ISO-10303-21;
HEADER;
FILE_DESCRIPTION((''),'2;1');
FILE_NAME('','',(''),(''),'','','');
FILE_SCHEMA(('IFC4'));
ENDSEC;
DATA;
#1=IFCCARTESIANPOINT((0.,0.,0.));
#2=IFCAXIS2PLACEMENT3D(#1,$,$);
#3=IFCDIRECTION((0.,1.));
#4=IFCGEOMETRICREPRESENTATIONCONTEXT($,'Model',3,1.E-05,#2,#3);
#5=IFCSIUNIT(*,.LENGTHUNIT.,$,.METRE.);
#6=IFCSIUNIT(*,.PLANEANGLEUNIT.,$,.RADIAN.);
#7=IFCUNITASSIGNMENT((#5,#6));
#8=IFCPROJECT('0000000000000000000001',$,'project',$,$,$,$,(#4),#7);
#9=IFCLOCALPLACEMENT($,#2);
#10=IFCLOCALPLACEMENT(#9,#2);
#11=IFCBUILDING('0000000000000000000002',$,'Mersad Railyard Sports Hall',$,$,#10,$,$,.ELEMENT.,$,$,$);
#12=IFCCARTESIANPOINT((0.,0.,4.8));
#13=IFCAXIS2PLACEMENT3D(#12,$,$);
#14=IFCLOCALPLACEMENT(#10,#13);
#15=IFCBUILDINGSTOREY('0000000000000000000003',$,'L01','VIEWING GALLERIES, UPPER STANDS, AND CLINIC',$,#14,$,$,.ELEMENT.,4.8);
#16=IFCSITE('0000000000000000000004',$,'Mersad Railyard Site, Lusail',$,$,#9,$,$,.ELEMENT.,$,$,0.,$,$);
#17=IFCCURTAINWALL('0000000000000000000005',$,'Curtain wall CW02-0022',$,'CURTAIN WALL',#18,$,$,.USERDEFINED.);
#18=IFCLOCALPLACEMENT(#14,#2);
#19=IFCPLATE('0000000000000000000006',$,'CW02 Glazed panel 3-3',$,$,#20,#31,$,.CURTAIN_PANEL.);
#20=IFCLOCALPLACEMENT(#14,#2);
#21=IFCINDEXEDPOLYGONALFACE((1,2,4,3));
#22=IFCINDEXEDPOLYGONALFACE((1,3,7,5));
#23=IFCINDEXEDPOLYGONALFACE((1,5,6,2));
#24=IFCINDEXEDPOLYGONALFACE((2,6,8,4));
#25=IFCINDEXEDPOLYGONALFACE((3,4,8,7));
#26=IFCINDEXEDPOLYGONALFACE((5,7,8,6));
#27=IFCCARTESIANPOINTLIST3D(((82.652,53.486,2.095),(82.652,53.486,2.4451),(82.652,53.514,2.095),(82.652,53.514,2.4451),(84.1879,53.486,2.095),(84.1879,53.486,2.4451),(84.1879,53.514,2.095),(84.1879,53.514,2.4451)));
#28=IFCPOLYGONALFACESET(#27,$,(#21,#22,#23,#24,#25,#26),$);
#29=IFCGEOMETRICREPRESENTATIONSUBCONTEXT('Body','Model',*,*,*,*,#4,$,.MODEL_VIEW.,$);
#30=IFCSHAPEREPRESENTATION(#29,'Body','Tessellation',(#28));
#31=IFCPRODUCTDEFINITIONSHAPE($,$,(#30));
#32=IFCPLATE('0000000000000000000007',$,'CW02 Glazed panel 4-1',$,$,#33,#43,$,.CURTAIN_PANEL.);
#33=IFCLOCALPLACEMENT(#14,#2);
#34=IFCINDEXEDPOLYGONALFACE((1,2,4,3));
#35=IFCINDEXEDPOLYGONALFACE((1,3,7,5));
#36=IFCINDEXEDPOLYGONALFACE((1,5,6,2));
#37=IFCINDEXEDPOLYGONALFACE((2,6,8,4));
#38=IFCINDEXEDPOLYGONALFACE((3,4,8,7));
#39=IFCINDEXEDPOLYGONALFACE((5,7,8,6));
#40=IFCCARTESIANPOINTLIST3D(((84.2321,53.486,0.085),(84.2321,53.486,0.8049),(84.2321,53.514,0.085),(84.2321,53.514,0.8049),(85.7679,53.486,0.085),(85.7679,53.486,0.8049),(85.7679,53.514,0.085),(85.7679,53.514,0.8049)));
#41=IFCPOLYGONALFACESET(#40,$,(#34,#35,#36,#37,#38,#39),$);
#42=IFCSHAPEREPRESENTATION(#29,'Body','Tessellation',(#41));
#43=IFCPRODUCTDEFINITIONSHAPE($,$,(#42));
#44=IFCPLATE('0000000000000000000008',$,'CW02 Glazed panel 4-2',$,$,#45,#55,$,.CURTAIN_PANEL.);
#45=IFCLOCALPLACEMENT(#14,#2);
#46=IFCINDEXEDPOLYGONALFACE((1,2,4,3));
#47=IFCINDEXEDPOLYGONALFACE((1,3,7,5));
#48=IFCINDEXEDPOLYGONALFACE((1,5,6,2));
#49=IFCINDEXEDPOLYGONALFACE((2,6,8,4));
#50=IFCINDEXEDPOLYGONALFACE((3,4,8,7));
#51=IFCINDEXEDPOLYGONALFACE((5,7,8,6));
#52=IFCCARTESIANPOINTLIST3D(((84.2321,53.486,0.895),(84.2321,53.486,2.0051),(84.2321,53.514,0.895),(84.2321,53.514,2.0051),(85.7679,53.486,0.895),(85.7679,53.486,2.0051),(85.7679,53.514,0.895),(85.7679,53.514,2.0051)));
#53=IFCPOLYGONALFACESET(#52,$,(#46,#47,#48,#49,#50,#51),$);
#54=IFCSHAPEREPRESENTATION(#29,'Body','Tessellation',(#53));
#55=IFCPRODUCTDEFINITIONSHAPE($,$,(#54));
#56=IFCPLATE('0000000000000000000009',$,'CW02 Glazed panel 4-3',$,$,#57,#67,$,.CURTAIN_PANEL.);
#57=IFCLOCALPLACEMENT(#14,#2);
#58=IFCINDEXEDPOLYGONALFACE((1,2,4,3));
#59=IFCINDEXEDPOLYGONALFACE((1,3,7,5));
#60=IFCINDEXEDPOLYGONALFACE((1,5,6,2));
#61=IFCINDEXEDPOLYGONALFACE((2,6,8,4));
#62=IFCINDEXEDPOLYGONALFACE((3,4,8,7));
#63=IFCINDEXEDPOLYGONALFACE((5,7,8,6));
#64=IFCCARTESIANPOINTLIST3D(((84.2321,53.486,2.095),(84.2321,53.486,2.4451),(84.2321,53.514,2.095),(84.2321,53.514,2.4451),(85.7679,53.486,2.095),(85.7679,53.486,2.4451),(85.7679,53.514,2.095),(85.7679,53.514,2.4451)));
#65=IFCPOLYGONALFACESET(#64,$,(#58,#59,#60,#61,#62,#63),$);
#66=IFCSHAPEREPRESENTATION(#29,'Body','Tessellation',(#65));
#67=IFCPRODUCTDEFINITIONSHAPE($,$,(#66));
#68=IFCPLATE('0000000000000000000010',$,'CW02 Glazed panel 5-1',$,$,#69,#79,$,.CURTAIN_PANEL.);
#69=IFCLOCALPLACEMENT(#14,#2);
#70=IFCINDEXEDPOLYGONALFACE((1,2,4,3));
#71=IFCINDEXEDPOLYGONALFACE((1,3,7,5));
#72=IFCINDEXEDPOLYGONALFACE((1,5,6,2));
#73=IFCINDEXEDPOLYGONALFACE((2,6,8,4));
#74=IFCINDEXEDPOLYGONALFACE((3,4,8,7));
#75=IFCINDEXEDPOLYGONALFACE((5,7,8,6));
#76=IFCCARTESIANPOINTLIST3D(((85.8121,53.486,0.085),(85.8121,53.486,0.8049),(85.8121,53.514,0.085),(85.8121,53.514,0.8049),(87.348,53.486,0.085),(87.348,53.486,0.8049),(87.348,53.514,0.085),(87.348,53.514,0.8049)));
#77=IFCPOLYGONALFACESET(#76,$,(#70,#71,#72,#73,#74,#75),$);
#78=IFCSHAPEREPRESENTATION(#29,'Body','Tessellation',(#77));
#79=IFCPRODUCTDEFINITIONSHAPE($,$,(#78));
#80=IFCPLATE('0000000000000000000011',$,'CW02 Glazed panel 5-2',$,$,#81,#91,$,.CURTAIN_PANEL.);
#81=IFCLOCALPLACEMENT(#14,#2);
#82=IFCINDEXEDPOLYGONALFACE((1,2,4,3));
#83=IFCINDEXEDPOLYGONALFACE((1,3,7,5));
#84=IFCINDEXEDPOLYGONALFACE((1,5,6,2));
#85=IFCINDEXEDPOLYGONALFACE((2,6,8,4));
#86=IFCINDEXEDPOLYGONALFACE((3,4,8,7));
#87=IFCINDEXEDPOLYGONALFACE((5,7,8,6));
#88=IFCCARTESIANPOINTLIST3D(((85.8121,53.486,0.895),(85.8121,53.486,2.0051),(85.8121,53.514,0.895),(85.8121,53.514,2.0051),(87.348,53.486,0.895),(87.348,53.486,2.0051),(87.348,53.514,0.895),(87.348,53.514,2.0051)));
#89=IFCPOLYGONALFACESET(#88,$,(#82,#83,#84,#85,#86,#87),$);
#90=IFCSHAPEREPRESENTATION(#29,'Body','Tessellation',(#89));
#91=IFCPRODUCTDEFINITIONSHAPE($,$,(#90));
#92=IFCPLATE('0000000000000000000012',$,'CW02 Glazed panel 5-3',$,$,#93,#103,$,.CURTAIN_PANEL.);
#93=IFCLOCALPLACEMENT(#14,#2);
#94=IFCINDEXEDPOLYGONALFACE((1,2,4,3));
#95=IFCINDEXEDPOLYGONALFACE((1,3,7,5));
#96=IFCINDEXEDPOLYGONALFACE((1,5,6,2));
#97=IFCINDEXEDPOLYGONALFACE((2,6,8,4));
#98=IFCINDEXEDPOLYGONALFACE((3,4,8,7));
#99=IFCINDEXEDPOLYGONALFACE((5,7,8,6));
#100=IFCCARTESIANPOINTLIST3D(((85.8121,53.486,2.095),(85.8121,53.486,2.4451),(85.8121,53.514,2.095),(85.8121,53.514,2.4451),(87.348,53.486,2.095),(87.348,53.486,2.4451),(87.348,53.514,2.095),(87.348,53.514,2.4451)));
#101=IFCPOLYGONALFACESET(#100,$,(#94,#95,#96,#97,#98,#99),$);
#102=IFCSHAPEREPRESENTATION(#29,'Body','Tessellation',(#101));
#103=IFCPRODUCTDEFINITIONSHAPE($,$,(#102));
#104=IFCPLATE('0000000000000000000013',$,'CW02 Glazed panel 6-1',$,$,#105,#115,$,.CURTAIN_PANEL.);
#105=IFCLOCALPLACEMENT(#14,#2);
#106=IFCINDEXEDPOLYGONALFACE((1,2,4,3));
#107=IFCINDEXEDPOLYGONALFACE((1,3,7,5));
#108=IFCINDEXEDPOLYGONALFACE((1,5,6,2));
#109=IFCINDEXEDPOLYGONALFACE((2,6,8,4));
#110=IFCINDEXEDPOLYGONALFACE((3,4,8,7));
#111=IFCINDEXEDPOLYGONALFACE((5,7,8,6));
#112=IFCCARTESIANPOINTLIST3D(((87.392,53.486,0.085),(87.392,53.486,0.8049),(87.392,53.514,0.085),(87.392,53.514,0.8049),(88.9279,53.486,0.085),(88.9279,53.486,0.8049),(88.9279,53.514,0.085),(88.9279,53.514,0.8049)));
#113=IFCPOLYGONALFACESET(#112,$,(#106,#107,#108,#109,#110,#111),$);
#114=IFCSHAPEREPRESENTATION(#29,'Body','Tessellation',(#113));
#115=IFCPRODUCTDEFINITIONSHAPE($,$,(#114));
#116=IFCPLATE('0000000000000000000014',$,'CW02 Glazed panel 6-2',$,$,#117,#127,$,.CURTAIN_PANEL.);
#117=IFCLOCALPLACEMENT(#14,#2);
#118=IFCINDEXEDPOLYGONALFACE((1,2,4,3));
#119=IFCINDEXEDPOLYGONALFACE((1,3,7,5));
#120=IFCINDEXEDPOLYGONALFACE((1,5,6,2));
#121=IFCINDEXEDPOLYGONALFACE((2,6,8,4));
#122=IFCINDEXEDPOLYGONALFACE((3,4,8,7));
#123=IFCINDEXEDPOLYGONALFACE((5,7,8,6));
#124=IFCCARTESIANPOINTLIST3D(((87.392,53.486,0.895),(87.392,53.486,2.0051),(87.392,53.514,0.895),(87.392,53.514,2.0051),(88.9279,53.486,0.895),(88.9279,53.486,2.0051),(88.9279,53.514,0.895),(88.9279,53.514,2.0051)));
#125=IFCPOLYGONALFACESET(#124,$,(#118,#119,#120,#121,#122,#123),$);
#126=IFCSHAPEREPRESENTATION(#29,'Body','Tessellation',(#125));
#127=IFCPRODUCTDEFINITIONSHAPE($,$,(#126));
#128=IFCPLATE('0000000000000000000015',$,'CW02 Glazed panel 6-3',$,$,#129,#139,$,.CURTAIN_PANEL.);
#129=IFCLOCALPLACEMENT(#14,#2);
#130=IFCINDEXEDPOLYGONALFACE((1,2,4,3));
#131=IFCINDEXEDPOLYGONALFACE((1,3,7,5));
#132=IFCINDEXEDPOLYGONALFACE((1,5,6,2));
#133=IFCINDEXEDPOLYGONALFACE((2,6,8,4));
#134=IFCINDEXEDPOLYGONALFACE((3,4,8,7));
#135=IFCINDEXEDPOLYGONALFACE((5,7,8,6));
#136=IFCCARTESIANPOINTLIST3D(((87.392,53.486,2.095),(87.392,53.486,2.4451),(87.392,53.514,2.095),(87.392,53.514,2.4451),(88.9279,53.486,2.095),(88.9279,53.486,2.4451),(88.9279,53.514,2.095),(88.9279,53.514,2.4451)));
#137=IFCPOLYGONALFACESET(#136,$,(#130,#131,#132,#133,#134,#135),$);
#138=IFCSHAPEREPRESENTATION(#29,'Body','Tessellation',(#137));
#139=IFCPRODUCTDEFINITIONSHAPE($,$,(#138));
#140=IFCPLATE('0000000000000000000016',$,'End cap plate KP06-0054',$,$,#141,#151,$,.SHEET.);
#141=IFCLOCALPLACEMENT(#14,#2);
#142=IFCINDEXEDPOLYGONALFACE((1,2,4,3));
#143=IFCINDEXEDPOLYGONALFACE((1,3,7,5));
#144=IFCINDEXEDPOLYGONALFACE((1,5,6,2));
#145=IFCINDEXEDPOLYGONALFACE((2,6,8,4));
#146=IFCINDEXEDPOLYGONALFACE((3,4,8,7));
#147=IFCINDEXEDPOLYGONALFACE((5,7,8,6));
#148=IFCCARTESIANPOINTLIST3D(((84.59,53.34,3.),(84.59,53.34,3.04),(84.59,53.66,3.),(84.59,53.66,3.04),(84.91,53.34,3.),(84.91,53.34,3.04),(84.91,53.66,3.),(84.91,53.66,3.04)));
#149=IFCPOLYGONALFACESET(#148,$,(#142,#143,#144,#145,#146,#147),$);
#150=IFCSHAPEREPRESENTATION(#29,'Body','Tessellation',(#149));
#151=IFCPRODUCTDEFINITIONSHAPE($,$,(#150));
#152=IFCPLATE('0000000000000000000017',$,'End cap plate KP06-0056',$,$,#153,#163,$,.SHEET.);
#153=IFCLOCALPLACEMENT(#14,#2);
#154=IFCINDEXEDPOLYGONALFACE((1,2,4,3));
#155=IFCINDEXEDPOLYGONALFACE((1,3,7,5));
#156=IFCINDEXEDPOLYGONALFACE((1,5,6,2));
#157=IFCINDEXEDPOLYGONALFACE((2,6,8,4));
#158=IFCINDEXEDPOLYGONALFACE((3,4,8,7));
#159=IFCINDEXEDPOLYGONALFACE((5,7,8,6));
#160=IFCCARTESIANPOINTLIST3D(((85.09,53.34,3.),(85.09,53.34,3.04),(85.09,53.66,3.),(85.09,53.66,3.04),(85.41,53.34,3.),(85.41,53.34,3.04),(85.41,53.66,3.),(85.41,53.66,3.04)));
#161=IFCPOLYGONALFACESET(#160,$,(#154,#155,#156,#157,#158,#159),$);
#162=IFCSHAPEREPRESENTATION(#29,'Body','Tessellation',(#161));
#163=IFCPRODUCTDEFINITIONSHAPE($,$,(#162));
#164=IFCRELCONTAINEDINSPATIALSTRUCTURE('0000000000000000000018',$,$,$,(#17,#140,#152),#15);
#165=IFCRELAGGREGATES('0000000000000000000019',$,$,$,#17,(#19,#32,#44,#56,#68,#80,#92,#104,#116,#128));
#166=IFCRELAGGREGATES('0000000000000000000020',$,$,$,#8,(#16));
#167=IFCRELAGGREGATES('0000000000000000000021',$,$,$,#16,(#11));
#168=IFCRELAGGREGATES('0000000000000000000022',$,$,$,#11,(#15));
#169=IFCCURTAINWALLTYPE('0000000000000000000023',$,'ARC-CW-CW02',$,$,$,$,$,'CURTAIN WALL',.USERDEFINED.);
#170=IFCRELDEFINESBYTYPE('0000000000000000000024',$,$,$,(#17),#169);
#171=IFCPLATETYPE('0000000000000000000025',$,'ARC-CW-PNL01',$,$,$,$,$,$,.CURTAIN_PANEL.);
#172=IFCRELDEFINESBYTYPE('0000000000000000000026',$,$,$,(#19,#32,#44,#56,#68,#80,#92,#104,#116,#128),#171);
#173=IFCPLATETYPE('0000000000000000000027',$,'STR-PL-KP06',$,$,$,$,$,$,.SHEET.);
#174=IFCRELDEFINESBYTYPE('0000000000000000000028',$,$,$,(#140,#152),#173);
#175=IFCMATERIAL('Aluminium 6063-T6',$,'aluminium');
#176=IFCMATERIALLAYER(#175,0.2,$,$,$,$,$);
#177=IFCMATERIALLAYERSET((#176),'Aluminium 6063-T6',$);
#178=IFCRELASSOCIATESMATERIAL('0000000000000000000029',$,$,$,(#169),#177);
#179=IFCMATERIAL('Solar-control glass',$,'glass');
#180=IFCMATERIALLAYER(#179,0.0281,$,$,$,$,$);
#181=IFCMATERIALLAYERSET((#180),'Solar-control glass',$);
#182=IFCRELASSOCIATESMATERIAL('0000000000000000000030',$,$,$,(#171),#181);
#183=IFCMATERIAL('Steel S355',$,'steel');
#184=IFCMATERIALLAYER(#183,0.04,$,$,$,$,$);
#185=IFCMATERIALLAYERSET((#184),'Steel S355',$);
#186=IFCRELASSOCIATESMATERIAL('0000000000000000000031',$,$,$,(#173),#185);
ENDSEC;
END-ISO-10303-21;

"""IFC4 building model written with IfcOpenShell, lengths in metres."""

from ifc_helpers import new_model, si_unit, direction, frame, origin, origin_2d, place, context, subcontext, project, spatial, rectangle, extrude, material, layer, layer_set, type_object, element, aggregate, save


model = new_model("IFC4")

# Units and contexts
model_context = context("Model", 3, precision=1e-05, world=origin(), true_north=direction((0.0, 1.0)))
body_context = subcontext(model_context, "Body", "Model", "MODEL_VIEW")
ifc_project = project(units=[si_unit("LENGTHUNIT", "METRE"), si_unit("PLANEANGLEUNIT", "RADIAN")], contexts=[model_context])

# Site, building, storey
site_placement = place(None, origin())
site = spatial("IfcSite", under=ifc_project, at=site_placement, Name="Mersad Railyard Site, Lusail", CompositionType="ELEMENT", RefElevation=0.0)
building_placement = place(site_placement, origin())
building = spatial("IfcBuilding", under=site, at=building_placement, Name="Mersad Railyard Sports Hall", CompositionType="ELEMENT")
storey_placement = place(building_placement, frame((0.0, 0.0, 4.8)))
storey = spatial("IfcBuildingStorey", under=building, at=storey_placement, Name="L01", Description="VIEWING GALLERIES, UPPER STANDS, AND CLINIC", CompositionType="ELEMENT", Elevation=4.8)

# Curtain wall
ifc_material_1 = material(Name="Aluminium 6063-T6", Category="aluminium")
ifc_layer_1 = layer(ifc_material_1, 0.2)
ifc_layer_set_1 = layer_set([ifc_layer_1], Name="Aluminium 6063-T6")
curtain_wall_type = type_object("IfcCurtainWallType", Name="ARC-CW-CW02", ElementType="CURTAIN WALL", PredefinedType="USERDEFINED", material=ifc_layer_set_1)
curtain_wall_placement = place(storey_placement, origin())
curtain_wall = element("IfcCurtainWall", 1, at=curtain_wall_placement, inside=storey, type_object=curtain_wall_type, Name="Curtain wall CW02-0022", ObjectType="CURTAIN WALL", PredefinedType="USERDEFINED")

# Plates
ifc_material_2 = material(Name="Solar-control glass", Category="glass")
ifc_layer_2 = layer(ifc_material_2, 0.0281)
ifc_layer_set_2 = layer_set([ifc_layer_2], Name="Solar-control glass")
plate_type_1 = type_object("IfcPlateType", Name="ARC-CW-PNL01", PredefinedType="CURTAIN_PANEL", material=ifc_layer_set_2)
plate_1_placement = place(storey_placement, frame((83.4199, 53.5, 2.095), z_axis=(0.0, 0.0, 1.0), x_axis=(1.0, 0.0, 0.0)))
plate_1 = element("IfcPlate", 2, at=plate_1_placement, type_object=plate_type_1, Name="CW02 Glazed panel 3-3", PredefinedType="CURTAIN_PANEL", context=body_context, shape_type="SweptSolid", body=[
    extrude(rectangle(XDim=1.5359, YDim=0.0281, at=origin_2d()), origin(), (0.0, 0.0, 1.0), 0.3501),
])
plate_2_placement = place(storey_placement, frame((85.0, 53.5, 0.085), z_axis=(0.0, 0.0, 1.0), x_axis=(1.0, 0.0, 0.0)))
plate_2 = element("IfcPlate", 3, at=plate_2_placement, type_object=plate_type_1, Name="CW02 Glazed panel 4-1", PredefinedType="CURTAIN_PANEL", context=body_context, shape_type="SweptSolid", body=[
    extrude(rectangle(XDim=1.5359, YDim=0.0281, at=origin_2d()), origin(), (0.0, 0.0, 1.0), 0.72),
])
plate_3_placement = place(storey_placement, frame((85.0, 53.5, 0.895), z_axis=(0.0, 0.0, 1.0), x_axis=(1.0, 0.0, 0.0)))
plate_3 = element("IfcPlate", 4, at=plate_3_placement, type_object=plate_type_1, Name="CW02 Glazed panel 4-2", PredefinedType="CURTAIN_PANEL", context=body_context, shape_type="SweptSolid", body=[
    extrude(rectangle(XDim=1.5359, YDim=0.0281, at=origin_2d()), origin(), (0.0, 0.0, 1.0), 1.1101),
])
plate_4_placement = place(storey_placement, frame((85.0, 53.5, 2.095), z_axis=(0.0, 0.0, 1.0), x_axis=(1.0, 0.0, 0.0)))
plate_4 = element("IfcPlate", 5, at=plate_4_placement, type_object=plate_type_1, Name="CW02 Glazed panel 4-3", PredefinedType="CURTAIN_PANEL", context=body_context, shape_type="SweptSolid", body=[
    extrude(rectangle(XDim=1.5359, YDim=0.0281, at=origin_2d()), origin(), (0.0, 0.0, 1.0), 0.3501),
])
plate_5_placement = place(storey_placement, frame((86.5801, 53.5, 0.085), z_axis=(0.0, 0.0, 1.0), x_axis=(1.0, 0.0, 0.0)))
plate_5 = element("IfcPlate", 6, at=plate_5_placement, type_object=plate_type_1, Name="CW02 Glazed panel 5-1", PredefinedType="CURTAIN_PANEL", context=body_context, shape_type="SweptSolid", body=[
    extrude(rectangle(XDim=1.5359, YDim=0.0281, at=origin_2d()), origin(), (0.0, 0.0, 1.0), 0.72),
])
plate_6_placement = place(storey_placement, frame((86.5801, 53.5, 0.895), z_axis=(0.0, 0.0, 1.0), x_axis=(1.0, 0.0, 0.0)))
plate_6 = element("IfcPlate", 7, at=plate_6_placement, type_object=plate_type_1, Name="CW02 Glazed panel 5-2", PredefinedType="CURTAIN_PANEL", context=body_context, shape_type="SweptSolid", body=[
    extrude(rectangle(XDim=1.5359, YDim=0.0281, at=origin_2d()), origin(), (0.0, 0.0, 1.0), 1.1101),
])
plate_7_placement = place(storey_placement, frame((86.5801, 53.5, 2.095), z_axis=(0.0, 0.0, 1.0), x_axis=(1.0, 0.0, 0.0)))
plate_7 = element("IfcPlate", 8, at=plate_7_placement, type_object=plate_type_1, Name="CW02 Glazed panel 5-3", PredefinedType="CURTAIN_PANEL", context=body_context, shape_type="SweptSolid", body=[
    extrude(rectangle(XDim=1.5359, YDim=0.0281, at=origin_2d()), origin(), (0.0, 0.0, 1.0), 0.3501),
])
plate_8_placement = place(storey_placement, frame((88.1599, 53.5, 0.085), z_axis=(0.0, 0.0, 1.0), x_axis=(1.0, 0.0, 0.0)))
plate_8 = element("IfcPlate", 9, at=plate_8_placement, type_object=plate_type_1, Name="CW02 Glazed panel 6-1", PredefinedType="CURTAIN_PANEL", context=body_context, shape_type="SweptSolid", body=[
    extrude(rectangle(XDim=1.5359, YDim=0.0281, at=origin_2d()), origin(), (0.0, 0.0, 1.0), 0.72),
])
plate_9_placement = place(storey_placement, frame((88.1599, 53.5, 0.895), z_axis=(0.0, 0.0, 1.0), x_axis=(1.0, 0.0, 0.0)))
plate_9 = element("IfcPlate", 10, at=plate_9_placement, type_object=plate_type_1, Name="CW02 Glazed panel 6-2", PredefinedType="CURTAIN_PANEL", context=body_context, shape_type="SweptSolid", body=[
    extrude(rectangle(XDim=1.5359, YDim=0.0281, at=origin_2d()), origin(), (0.0, 0.0, 1.0), 1.1101),
])
plate_10_placement = place(storey_placement, frame((88.1599, 53.5, 2.095), z_axis=(0.0, 0.0, 1.0), x_axis=(1.0, 0.0, 0.0)))
plate_10 = element("IfcPlate", 11, at=plate_10_placement, type_object=plate_type_1, Name="CW02 Glazed panel 6-3", PredefinedType="CURTAIN_PANEL", context=body_context, shape_type="SweptSolid", body=[
    extrude(rectangle(XDim=1.5359, YDim=0.0281, at=origin_2d()), origin(), (0.0, 0.0, 1.0), 0.3501),
])
aggregate(curtain_wall, [plate_1, plate_2, plate_3, plate_4, plate_5, plate_6, plate_7, plate_8, plate_9, plate_10])

# Plates
ifc_material_3 = material(Name="Steel S355", Category="steel")
ifc_layer_3 = layer(ifc_material_3, 0.04)
ifc_layer_set_3 = layer_set([ifc_layer_3], Name="Steel S355")
plate_type_2 = type_object("IfcPlateType", Name="STR-PL-KP06", PredefinedType="SHEET", material=ifc_layer_set_3)
for number, where, z_axis, x_axis, name in (
    (12, (84.75, 53.5, 3.0), (0.0, 0.0, 1.0), (1.0, 0.0, 0.0), "End cap plate KP06-0054"),
    (13, (85.25, 53.5, 3.0), (0.0, 0.0, 1.0), (1.0, 0.0, 0.0), "End cap plate KP06-0056"),
):
    element("IfcPlate", number, at=place(storey_placement, frame(where, z_axis=z_axis, x_axis=x_axis)), inside=storey, type_object=plate_type_2, Name=name, PredefinedType="SHEET", context=body_context, shape_type="SweptSolid", body=[
        extrude(rectangle(XDim=0.3201, YDim=0.3201, at=origin_2d()), origin(), (0.0, 0.0, 1.0), 0.04),
    ])

save(model, "model.ifc")
